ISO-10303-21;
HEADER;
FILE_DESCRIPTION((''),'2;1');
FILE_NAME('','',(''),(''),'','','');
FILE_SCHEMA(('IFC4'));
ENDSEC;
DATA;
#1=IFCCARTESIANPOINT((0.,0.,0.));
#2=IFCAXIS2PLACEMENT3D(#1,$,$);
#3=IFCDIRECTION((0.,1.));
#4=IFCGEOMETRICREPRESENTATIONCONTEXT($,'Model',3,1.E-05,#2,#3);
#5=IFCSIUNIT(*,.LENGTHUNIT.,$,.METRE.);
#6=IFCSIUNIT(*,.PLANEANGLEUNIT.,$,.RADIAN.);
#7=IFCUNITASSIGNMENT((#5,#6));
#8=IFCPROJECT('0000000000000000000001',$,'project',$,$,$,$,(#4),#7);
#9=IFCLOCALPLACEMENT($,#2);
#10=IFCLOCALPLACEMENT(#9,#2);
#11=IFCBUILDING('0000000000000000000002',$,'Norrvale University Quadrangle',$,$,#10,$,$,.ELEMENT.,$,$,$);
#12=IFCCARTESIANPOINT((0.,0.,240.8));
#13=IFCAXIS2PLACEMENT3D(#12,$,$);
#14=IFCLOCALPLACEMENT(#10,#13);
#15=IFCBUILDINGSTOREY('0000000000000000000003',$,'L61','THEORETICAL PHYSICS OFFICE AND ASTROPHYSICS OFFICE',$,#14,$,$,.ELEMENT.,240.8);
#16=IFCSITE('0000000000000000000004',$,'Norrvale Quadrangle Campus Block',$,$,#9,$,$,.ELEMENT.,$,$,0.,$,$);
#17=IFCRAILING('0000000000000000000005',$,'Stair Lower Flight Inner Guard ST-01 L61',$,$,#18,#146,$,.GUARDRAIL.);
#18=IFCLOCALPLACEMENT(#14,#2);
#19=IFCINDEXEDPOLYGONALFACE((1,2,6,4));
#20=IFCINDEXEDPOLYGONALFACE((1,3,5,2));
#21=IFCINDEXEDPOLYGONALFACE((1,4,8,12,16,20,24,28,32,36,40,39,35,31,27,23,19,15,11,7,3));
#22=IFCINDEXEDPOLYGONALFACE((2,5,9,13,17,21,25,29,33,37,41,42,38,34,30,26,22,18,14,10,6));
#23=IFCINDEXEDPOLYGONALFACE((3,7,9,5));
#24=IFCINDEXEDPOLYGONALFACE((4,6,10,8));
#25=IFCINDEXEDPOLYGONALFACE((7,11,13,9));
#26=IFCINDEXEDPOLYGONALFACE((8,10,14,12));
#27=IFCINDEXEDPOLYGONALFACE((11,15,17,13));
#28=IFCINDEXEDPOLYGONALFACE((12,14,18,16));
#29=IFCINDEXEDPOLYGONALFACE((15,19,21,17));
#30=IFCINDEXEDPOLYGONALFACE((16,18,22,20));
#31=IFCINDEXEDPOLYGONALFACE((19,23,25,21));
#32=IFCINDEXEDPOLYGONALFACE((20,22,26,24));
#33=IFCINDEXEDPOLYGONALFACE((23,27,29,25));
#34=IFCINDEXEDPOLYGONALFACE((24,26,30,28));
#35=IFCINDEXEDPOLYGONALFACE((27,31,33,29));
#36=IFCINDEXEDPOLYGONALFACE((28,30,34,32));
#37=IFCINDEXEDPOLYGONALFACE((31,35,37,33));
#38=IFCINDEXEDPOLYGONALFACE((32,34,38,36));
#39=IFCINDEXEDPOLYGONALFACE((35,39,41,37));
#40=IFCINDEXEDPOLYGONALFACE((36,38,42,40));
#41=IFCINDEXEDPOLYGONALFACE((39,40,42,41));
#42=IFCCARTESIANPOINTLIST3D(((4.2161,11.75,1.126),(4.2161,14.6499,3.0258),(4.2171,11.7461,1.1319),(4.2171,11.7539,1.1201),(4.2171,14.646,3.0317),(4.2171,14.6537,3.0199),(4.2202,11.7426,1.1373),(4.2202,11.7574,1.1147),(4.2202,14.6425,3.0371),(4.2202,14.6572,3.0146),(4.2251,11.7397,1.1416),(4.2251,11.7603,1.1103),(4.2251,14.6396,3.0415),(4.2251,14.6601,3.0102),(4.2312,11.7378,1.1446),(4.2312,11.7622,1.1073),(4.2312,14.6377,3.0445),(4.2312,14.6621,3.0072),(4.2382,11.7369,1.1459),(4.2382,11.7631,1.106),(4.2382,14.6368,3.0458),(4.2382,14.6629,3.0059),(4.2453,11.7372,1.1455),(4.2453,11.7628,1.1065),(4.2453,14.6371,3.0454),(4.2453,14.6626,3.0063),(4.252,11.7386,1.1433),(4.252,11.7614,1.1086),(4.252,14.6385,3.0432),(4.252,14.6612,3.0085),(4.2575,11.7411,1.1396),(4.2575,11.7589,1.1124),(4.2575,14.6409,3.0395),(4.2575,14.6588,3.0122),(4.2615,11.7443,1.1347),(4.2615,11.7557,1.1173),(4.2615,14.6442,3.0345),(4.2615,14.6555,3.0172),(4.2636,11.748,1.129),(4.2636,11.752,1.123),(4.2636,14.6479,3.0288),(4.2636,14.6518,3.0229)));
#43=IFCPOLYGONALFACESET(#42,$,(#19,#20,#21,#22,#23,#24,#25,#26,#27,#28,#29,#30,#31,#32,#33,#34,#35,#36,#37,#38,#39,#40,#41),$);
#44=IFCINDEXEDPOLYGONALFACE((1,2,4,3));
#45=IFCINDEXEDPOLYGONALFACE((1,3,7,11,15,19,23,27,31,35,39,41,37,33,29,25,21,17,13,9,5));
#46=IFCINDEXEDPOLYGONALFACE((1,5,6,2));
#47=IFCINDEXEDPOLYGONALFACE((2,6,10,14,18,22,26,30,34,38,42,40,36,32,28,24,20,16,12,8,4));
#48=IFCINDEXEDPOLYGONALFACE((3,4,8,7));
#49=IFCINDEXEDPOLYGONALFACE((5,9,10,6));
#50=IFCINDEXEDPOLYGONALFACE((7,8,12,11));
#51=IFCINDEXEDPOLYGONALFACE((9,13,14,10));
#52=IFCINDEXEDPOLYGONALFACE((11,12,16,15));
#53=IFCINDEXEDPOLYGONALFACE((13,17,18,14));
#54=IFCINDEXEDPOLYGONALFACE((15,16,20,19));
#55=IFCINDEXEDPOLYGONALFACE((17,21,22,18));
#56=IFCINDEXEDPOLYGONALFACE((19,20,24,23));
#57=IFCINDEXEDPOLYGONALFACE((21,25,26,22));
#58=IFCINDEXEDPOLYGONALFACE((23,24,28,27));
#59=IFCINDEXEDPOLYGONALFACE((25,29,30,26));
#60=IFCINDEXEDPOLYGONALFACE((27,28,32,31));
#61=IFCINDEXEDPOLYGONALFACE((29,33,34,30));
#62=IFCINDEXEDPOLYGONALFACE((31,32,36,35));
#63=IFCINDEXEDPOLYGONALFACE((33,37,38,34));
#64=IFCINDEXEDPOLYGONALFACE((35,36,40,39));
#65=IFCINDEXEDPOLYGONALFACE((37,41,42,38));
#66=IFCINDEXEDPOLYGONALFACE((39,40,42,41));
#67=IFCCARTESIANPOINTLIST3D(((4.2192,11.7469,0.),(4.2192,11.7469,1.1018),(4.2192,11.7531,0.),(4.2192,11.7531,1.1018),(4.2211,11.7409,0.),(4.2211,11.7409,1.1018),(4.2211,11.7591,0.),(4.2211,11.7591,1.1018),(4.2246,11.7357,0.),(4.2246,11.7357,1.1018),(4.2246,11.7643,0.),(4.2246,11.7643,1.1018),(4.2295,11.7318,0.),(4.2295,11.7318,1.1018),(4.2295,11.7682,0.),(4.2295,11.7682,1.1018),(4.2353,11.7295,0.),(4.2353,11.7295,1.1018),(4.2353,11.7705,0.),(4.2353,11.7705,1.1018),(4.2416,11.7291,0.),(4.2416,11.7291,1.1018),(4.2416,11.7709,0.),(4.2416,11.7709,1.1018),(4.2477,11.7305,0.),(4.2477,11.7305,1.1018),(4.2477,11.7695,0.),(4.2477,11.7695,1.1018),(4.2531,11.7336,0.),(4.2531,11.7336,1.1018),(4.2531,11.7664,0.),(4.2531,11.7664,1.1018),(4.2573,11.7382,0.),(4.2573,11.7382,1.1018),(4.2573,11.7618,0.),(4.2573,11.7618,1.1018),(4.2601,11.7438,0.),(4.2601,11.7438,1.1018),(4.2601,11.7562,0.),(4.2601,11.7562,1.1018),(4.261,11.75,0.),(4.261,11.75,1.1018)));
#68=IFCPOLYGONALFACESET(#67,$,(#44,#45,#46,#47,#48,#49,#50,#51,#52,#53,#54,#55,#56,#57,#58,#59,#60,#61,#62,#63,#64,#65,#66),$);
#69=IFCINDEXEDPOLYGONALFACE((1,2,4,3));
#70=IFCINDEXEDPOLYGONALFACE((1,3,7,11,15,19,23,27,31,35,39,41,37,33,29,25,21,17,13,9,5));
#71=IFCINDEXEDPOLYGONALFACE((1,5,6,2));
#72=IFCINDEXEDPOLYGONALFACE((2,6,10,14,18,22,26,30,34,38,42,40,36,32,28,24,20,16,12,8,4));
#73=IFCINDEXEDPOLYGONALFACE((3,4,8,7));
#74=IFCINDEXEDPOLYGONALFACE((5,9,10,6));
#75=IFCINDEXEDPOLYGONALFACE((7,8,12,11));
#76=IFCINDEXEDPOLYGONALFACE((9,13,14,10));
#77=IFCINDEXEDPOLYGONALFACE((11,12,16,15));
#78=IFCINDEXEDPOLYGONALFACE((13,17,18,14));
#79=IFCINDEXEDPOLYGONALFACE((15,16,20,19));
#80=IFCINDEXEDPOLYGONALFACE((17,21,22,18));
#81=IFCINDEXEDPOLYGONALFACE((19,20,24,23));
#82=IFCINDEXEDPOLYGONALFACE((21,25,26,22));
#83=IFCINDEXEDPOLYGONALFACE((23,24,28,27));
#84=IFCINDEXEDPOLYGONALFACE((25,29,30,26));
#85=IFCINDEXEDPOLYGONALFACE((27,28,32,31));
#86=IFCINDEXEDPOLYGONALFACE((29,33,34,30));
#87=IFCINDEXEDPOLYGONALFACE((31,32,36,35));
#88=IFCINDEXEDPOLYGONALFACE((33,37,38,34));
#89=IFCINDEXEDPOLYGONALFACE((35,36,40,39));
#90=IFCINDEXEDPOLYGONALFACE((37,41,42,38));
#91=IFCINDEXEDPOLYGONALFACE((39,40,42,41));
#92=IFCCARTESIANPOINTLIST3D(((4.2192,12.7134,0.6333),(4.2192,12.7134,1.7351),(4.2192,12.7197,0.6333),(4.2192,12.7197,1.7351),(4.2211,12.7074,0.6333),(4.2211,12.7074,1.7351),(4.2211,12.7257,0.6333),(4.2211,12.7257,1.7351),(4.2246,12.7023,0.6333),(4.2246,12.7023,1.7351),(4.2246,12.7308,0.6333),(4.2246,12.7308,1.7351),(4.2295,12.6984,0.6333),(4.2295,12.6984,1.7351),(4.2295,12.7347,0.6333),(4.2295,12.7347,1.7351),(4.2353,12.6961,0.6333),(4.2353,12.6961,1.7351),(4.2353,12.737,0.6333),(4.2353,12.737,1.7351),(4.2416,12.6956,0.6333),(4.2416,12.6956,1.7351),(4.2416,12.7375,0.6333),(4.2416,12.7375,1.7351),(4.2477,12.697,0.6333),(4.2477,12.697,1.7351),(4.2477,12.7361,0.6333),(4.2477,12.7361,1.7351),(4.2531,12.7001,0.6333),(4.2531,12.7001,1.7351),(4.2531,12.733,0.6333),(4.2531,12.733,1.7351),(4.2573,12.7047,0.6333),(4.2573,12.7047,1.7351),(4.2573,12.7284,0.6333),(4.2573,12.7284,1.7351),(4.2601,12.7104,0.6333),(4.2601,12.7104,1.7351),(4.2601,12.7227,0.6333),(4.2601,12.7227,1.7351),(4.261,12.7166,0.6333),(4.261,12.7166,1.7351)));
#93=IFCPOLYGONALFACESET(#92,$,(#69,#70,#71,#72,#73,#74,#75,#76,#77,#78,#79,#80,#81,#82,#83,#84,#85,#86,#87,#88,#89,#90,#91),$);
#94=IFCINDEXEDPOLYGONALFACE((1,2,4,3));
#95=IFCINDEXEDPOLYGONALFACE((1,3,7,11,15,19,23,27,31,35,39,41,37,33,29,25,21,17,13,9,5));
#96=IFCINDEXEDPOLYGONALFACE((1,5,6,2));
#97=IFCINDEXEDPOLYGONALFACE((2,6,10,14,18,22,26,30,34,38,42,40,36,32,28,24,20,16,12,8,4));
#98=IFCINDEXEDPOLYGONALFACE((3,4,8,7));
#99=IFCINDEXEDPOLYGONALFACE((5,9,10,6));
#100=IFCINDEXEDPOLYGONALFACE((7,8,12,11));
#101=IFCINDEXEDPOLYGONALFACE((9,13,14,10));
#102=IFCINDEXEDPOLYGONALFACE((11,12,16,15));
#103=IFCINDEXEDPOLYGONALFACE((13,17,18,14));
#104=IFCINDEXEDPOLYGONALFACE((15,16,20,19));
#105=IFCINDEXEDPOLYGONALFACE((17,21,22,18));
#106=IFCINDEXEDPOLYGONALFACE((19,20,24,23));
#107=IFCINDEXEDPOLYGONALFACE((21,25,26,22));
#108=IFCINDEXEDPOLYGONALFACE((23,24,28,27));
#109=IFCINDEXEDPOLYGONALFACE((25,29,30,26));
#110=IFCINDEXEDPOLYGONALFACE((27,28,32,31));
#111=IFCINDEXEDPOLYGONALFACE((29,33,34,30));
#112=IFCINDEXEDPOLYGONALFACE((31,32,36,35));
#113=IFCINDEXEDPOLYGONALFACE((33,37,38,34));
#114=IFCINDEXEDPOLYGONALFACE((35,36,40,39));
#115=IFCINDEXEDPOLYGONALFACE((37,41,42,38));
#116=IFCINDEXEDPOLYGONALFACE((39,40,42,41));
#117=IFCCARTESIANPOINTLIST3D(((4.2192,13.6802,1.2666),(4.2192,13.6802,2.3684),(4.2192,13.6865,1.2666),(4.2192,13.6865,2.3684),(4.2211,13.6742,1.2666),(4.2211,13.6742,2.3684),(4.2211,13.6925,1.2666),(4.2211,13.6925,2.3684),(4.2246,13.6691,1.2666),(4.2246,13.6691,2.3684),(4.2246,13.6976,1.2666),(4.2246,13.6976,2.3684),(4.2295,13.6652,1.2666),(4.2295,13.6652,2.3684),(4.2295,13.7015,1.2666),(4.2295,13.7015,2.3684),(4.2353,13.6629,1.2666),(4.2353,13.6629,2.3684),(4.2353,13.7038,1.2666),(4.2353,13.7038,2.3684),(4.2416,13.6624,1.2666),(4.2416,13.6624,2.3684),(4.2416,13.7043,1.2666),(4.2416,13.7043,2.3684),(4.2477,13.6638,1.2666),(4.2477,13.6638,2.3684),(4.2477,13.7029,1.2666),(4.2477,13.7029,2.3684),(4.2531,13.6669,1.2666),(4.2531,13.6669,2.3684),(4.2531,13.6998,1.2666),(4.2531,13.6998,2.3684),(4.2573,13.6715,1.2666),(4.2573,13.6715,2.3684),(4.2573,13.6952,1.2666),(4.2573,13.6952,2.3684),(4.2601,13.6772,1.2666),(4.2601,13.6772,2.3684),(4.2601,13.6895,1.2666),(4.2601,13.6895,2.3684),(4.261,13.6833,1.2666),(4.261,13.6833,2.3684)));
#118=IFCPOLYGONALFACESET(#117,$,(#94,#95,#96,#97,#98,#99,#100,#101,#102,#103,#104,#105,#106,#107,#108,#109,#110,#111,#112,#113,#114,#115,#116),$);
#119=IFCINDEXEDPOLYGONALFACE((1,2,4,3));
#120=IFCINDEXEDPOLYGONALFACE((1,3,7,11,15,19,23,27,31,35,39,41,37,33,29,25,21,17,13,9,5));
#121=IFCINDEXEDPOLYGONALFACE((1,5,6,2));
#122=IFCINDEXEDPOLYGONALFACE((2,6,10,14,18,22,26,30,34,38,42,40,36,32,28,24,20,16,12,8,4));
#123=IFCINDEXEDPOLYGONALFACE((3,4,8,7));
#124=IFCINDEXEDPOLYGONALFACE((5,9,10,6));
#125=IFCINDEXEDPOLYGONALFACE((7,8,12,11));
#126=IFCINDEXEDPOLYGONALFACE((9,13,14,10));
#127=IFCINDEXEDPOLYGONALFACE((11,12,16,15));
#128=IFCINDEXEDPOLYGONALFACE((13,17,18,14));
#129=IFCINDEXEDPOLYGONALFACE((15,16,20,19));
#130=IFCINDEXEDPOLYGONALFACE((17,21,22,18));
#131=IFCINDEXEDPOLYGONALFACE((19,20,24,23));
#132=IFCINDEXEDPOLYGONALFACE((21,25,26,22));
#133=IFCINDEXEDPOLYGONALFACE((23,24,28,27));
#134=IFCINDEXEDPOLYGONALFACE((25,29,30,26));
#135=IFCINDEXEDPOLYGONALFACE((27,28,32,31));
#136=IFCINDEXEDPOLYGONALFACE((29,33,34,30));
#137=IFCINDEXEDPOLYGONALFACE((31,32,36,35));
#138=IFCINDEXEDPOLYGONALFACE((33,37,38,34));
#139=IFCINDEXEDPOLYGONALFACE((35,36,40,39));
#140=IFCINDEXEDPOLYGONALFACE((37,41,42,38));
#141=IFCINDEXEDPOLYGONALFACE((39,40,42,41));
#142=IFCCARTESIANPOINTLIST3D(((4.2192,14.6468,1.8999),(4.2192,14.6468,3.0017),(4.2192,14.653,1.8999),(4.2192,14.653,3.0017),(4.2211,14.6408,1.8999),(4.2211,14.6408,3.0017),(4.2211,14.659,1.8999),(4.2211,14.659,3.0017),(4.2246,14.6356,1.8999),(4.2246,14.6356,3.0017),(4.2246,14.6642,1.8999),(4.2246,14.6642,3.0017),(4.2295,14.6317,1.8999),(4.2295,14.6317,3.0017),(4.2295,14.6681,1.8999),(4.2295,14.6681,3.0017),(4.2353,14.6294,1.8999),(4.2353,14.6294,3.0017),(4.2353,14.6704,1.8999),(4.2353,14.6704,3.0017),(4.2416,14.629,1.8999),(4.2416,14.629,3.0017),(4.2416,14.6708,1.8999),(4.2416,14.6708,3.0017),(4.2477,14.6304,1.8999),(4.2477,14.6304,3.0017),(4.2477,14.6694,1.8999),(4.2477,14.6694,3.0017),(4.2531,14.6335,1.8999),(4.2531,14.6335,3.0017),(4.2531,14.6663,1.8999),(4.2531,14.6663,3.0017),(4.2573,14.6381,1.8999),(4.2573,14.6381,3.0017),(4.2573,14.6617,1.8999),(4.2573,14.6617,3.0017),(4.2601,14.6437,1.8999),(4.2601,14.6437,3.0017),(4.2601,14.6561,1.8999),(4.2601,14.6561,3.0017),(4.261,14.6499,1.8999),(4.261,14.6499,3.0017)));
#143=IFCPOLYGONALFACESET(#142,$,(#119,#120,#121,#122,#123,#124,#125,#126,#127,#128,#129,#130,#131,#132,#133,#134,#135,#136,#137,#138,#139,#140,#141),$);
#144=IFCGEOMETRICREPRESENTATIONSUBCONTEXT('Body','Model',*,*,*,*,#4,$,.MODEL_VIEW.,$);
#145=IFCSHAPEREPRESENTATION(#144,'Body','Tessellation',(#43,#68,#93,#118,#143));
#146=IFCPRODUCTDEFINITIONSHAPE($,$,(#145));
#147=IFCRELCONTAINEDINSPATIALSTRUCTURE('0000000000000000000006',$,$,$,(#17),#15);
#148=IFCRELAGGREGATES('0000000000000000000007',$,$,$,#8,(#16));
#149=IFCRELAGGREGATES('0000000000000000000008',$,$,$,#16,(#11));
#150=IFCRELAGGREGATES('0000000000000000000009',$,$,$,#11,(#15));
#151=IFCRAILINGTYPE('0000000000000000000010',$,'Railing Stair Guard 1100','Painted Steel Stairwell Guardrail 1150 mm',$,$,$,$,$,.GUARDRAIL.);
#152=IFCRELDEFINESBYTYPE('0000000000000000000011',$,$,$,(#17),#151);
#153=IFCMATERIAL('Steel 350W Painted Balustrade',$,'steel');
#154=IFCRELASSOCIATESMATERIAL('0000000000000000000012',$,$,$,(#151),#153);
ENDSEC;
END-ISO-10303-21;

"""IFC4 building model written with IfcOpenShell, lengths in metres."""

from ifc_helpers import new_model, si_unit, direction, frame, origin, origin_2d, place, context, subcontext, project, spatial, circle, extrude, material, type_object, element, save


model = new_model("IFC4")

# Units and contexts
model_context = context("Model", 3, precision=1e-05, world=origin(), true_north=direction((0.0, 1.0)))
body_context = subcontext(model_context, "Body", "Model", "MODEL_VIEW")
ifc_project = project(units=[si_unit("LENGTHUNIT", "METRE"), si_unit("PLANEANGLEUNIT", "RADIAN")], contexts=[model_context])

# Site, building, storey
site_placement = place(None, origin())
site = spatial("IfcSite", under=ifc_project, at=site_placement, Name="Norrvale Quadrangle Campus Block", CompositionType="ELEMENT", RefElevation=0.0)
building_placement = place(site_placement, origin())
building = spatial("IfcBuilding", under=site, at=building_placement, Name="Norrvale University Quadrangle", CompositionType="ELEMENT")
storey_placement = place(building_placement, frame((0.0, 0.0, 240.8)))
storey = spatial("IfcBuildingStorey", under=building, at=storey_placement, Name="L61", Description="THEORETICAL PHYSICS OFFICE AND ASTROPHYSICS OFFICE", CompositionType="ELEMENT", Elevation=240.8)

# Railing
ifc_material_1 = material(Name="Steel 350W Painted Balustrade", Category="steel")
railing_type_1 = type_object("IfcRailingType", Name="Railing Stair Guard 1100", Description="Painted Steel Stairwell Guardrail 1150 mm", PredefinedType="GUARDRAIL", material=ifc_material_1)
railing_1_placement = place(storey_placement, frame((4.24, 11.75, 0.0)))
element("IfcRailing", 1, at=railing_1_placement, inside=storey, type_object=railing_type_1, Name="Stair Lower Flight Inner Guard ST-01 L61", PredefinedType="GUARDRAIL", context=body_context, shape_type="SweptSolid", body=[
    extrude(circle(Radius=0.0239, at=origin_2d()), frame((0.0, 0.0, 1.126), z_axis=(0.0, 0.836466, 0.548019), x_axis=(-1.0, 0.0, 0.0)), (0.0, 0.0, 1.0), 3.4668),
    extrude(circle(Radius=0.021, at=origin_2d()), origin(), (0.0, 0.0, 1.0), 1.1018),
    extrude(circle(Radius=0.021, at=origin_2d()), frame((0.0, 0.9666, 0.6333)), (0.0, 0.0, 1.0), 1.1018),
    extrude(circle(Radius=0.021, at=origin_2d()), frame((0.0, 1.9333, 1.2666)), (0.0, 0.0, 1.0), 1.1018),
    extrude(circle(Radius=0.021, at=origin_2d()), frame((0.0, 2.8999, 1.8999)), (0.0, 0.0, 1.0), 1.1018),
])

save(model, "model.ifc")
